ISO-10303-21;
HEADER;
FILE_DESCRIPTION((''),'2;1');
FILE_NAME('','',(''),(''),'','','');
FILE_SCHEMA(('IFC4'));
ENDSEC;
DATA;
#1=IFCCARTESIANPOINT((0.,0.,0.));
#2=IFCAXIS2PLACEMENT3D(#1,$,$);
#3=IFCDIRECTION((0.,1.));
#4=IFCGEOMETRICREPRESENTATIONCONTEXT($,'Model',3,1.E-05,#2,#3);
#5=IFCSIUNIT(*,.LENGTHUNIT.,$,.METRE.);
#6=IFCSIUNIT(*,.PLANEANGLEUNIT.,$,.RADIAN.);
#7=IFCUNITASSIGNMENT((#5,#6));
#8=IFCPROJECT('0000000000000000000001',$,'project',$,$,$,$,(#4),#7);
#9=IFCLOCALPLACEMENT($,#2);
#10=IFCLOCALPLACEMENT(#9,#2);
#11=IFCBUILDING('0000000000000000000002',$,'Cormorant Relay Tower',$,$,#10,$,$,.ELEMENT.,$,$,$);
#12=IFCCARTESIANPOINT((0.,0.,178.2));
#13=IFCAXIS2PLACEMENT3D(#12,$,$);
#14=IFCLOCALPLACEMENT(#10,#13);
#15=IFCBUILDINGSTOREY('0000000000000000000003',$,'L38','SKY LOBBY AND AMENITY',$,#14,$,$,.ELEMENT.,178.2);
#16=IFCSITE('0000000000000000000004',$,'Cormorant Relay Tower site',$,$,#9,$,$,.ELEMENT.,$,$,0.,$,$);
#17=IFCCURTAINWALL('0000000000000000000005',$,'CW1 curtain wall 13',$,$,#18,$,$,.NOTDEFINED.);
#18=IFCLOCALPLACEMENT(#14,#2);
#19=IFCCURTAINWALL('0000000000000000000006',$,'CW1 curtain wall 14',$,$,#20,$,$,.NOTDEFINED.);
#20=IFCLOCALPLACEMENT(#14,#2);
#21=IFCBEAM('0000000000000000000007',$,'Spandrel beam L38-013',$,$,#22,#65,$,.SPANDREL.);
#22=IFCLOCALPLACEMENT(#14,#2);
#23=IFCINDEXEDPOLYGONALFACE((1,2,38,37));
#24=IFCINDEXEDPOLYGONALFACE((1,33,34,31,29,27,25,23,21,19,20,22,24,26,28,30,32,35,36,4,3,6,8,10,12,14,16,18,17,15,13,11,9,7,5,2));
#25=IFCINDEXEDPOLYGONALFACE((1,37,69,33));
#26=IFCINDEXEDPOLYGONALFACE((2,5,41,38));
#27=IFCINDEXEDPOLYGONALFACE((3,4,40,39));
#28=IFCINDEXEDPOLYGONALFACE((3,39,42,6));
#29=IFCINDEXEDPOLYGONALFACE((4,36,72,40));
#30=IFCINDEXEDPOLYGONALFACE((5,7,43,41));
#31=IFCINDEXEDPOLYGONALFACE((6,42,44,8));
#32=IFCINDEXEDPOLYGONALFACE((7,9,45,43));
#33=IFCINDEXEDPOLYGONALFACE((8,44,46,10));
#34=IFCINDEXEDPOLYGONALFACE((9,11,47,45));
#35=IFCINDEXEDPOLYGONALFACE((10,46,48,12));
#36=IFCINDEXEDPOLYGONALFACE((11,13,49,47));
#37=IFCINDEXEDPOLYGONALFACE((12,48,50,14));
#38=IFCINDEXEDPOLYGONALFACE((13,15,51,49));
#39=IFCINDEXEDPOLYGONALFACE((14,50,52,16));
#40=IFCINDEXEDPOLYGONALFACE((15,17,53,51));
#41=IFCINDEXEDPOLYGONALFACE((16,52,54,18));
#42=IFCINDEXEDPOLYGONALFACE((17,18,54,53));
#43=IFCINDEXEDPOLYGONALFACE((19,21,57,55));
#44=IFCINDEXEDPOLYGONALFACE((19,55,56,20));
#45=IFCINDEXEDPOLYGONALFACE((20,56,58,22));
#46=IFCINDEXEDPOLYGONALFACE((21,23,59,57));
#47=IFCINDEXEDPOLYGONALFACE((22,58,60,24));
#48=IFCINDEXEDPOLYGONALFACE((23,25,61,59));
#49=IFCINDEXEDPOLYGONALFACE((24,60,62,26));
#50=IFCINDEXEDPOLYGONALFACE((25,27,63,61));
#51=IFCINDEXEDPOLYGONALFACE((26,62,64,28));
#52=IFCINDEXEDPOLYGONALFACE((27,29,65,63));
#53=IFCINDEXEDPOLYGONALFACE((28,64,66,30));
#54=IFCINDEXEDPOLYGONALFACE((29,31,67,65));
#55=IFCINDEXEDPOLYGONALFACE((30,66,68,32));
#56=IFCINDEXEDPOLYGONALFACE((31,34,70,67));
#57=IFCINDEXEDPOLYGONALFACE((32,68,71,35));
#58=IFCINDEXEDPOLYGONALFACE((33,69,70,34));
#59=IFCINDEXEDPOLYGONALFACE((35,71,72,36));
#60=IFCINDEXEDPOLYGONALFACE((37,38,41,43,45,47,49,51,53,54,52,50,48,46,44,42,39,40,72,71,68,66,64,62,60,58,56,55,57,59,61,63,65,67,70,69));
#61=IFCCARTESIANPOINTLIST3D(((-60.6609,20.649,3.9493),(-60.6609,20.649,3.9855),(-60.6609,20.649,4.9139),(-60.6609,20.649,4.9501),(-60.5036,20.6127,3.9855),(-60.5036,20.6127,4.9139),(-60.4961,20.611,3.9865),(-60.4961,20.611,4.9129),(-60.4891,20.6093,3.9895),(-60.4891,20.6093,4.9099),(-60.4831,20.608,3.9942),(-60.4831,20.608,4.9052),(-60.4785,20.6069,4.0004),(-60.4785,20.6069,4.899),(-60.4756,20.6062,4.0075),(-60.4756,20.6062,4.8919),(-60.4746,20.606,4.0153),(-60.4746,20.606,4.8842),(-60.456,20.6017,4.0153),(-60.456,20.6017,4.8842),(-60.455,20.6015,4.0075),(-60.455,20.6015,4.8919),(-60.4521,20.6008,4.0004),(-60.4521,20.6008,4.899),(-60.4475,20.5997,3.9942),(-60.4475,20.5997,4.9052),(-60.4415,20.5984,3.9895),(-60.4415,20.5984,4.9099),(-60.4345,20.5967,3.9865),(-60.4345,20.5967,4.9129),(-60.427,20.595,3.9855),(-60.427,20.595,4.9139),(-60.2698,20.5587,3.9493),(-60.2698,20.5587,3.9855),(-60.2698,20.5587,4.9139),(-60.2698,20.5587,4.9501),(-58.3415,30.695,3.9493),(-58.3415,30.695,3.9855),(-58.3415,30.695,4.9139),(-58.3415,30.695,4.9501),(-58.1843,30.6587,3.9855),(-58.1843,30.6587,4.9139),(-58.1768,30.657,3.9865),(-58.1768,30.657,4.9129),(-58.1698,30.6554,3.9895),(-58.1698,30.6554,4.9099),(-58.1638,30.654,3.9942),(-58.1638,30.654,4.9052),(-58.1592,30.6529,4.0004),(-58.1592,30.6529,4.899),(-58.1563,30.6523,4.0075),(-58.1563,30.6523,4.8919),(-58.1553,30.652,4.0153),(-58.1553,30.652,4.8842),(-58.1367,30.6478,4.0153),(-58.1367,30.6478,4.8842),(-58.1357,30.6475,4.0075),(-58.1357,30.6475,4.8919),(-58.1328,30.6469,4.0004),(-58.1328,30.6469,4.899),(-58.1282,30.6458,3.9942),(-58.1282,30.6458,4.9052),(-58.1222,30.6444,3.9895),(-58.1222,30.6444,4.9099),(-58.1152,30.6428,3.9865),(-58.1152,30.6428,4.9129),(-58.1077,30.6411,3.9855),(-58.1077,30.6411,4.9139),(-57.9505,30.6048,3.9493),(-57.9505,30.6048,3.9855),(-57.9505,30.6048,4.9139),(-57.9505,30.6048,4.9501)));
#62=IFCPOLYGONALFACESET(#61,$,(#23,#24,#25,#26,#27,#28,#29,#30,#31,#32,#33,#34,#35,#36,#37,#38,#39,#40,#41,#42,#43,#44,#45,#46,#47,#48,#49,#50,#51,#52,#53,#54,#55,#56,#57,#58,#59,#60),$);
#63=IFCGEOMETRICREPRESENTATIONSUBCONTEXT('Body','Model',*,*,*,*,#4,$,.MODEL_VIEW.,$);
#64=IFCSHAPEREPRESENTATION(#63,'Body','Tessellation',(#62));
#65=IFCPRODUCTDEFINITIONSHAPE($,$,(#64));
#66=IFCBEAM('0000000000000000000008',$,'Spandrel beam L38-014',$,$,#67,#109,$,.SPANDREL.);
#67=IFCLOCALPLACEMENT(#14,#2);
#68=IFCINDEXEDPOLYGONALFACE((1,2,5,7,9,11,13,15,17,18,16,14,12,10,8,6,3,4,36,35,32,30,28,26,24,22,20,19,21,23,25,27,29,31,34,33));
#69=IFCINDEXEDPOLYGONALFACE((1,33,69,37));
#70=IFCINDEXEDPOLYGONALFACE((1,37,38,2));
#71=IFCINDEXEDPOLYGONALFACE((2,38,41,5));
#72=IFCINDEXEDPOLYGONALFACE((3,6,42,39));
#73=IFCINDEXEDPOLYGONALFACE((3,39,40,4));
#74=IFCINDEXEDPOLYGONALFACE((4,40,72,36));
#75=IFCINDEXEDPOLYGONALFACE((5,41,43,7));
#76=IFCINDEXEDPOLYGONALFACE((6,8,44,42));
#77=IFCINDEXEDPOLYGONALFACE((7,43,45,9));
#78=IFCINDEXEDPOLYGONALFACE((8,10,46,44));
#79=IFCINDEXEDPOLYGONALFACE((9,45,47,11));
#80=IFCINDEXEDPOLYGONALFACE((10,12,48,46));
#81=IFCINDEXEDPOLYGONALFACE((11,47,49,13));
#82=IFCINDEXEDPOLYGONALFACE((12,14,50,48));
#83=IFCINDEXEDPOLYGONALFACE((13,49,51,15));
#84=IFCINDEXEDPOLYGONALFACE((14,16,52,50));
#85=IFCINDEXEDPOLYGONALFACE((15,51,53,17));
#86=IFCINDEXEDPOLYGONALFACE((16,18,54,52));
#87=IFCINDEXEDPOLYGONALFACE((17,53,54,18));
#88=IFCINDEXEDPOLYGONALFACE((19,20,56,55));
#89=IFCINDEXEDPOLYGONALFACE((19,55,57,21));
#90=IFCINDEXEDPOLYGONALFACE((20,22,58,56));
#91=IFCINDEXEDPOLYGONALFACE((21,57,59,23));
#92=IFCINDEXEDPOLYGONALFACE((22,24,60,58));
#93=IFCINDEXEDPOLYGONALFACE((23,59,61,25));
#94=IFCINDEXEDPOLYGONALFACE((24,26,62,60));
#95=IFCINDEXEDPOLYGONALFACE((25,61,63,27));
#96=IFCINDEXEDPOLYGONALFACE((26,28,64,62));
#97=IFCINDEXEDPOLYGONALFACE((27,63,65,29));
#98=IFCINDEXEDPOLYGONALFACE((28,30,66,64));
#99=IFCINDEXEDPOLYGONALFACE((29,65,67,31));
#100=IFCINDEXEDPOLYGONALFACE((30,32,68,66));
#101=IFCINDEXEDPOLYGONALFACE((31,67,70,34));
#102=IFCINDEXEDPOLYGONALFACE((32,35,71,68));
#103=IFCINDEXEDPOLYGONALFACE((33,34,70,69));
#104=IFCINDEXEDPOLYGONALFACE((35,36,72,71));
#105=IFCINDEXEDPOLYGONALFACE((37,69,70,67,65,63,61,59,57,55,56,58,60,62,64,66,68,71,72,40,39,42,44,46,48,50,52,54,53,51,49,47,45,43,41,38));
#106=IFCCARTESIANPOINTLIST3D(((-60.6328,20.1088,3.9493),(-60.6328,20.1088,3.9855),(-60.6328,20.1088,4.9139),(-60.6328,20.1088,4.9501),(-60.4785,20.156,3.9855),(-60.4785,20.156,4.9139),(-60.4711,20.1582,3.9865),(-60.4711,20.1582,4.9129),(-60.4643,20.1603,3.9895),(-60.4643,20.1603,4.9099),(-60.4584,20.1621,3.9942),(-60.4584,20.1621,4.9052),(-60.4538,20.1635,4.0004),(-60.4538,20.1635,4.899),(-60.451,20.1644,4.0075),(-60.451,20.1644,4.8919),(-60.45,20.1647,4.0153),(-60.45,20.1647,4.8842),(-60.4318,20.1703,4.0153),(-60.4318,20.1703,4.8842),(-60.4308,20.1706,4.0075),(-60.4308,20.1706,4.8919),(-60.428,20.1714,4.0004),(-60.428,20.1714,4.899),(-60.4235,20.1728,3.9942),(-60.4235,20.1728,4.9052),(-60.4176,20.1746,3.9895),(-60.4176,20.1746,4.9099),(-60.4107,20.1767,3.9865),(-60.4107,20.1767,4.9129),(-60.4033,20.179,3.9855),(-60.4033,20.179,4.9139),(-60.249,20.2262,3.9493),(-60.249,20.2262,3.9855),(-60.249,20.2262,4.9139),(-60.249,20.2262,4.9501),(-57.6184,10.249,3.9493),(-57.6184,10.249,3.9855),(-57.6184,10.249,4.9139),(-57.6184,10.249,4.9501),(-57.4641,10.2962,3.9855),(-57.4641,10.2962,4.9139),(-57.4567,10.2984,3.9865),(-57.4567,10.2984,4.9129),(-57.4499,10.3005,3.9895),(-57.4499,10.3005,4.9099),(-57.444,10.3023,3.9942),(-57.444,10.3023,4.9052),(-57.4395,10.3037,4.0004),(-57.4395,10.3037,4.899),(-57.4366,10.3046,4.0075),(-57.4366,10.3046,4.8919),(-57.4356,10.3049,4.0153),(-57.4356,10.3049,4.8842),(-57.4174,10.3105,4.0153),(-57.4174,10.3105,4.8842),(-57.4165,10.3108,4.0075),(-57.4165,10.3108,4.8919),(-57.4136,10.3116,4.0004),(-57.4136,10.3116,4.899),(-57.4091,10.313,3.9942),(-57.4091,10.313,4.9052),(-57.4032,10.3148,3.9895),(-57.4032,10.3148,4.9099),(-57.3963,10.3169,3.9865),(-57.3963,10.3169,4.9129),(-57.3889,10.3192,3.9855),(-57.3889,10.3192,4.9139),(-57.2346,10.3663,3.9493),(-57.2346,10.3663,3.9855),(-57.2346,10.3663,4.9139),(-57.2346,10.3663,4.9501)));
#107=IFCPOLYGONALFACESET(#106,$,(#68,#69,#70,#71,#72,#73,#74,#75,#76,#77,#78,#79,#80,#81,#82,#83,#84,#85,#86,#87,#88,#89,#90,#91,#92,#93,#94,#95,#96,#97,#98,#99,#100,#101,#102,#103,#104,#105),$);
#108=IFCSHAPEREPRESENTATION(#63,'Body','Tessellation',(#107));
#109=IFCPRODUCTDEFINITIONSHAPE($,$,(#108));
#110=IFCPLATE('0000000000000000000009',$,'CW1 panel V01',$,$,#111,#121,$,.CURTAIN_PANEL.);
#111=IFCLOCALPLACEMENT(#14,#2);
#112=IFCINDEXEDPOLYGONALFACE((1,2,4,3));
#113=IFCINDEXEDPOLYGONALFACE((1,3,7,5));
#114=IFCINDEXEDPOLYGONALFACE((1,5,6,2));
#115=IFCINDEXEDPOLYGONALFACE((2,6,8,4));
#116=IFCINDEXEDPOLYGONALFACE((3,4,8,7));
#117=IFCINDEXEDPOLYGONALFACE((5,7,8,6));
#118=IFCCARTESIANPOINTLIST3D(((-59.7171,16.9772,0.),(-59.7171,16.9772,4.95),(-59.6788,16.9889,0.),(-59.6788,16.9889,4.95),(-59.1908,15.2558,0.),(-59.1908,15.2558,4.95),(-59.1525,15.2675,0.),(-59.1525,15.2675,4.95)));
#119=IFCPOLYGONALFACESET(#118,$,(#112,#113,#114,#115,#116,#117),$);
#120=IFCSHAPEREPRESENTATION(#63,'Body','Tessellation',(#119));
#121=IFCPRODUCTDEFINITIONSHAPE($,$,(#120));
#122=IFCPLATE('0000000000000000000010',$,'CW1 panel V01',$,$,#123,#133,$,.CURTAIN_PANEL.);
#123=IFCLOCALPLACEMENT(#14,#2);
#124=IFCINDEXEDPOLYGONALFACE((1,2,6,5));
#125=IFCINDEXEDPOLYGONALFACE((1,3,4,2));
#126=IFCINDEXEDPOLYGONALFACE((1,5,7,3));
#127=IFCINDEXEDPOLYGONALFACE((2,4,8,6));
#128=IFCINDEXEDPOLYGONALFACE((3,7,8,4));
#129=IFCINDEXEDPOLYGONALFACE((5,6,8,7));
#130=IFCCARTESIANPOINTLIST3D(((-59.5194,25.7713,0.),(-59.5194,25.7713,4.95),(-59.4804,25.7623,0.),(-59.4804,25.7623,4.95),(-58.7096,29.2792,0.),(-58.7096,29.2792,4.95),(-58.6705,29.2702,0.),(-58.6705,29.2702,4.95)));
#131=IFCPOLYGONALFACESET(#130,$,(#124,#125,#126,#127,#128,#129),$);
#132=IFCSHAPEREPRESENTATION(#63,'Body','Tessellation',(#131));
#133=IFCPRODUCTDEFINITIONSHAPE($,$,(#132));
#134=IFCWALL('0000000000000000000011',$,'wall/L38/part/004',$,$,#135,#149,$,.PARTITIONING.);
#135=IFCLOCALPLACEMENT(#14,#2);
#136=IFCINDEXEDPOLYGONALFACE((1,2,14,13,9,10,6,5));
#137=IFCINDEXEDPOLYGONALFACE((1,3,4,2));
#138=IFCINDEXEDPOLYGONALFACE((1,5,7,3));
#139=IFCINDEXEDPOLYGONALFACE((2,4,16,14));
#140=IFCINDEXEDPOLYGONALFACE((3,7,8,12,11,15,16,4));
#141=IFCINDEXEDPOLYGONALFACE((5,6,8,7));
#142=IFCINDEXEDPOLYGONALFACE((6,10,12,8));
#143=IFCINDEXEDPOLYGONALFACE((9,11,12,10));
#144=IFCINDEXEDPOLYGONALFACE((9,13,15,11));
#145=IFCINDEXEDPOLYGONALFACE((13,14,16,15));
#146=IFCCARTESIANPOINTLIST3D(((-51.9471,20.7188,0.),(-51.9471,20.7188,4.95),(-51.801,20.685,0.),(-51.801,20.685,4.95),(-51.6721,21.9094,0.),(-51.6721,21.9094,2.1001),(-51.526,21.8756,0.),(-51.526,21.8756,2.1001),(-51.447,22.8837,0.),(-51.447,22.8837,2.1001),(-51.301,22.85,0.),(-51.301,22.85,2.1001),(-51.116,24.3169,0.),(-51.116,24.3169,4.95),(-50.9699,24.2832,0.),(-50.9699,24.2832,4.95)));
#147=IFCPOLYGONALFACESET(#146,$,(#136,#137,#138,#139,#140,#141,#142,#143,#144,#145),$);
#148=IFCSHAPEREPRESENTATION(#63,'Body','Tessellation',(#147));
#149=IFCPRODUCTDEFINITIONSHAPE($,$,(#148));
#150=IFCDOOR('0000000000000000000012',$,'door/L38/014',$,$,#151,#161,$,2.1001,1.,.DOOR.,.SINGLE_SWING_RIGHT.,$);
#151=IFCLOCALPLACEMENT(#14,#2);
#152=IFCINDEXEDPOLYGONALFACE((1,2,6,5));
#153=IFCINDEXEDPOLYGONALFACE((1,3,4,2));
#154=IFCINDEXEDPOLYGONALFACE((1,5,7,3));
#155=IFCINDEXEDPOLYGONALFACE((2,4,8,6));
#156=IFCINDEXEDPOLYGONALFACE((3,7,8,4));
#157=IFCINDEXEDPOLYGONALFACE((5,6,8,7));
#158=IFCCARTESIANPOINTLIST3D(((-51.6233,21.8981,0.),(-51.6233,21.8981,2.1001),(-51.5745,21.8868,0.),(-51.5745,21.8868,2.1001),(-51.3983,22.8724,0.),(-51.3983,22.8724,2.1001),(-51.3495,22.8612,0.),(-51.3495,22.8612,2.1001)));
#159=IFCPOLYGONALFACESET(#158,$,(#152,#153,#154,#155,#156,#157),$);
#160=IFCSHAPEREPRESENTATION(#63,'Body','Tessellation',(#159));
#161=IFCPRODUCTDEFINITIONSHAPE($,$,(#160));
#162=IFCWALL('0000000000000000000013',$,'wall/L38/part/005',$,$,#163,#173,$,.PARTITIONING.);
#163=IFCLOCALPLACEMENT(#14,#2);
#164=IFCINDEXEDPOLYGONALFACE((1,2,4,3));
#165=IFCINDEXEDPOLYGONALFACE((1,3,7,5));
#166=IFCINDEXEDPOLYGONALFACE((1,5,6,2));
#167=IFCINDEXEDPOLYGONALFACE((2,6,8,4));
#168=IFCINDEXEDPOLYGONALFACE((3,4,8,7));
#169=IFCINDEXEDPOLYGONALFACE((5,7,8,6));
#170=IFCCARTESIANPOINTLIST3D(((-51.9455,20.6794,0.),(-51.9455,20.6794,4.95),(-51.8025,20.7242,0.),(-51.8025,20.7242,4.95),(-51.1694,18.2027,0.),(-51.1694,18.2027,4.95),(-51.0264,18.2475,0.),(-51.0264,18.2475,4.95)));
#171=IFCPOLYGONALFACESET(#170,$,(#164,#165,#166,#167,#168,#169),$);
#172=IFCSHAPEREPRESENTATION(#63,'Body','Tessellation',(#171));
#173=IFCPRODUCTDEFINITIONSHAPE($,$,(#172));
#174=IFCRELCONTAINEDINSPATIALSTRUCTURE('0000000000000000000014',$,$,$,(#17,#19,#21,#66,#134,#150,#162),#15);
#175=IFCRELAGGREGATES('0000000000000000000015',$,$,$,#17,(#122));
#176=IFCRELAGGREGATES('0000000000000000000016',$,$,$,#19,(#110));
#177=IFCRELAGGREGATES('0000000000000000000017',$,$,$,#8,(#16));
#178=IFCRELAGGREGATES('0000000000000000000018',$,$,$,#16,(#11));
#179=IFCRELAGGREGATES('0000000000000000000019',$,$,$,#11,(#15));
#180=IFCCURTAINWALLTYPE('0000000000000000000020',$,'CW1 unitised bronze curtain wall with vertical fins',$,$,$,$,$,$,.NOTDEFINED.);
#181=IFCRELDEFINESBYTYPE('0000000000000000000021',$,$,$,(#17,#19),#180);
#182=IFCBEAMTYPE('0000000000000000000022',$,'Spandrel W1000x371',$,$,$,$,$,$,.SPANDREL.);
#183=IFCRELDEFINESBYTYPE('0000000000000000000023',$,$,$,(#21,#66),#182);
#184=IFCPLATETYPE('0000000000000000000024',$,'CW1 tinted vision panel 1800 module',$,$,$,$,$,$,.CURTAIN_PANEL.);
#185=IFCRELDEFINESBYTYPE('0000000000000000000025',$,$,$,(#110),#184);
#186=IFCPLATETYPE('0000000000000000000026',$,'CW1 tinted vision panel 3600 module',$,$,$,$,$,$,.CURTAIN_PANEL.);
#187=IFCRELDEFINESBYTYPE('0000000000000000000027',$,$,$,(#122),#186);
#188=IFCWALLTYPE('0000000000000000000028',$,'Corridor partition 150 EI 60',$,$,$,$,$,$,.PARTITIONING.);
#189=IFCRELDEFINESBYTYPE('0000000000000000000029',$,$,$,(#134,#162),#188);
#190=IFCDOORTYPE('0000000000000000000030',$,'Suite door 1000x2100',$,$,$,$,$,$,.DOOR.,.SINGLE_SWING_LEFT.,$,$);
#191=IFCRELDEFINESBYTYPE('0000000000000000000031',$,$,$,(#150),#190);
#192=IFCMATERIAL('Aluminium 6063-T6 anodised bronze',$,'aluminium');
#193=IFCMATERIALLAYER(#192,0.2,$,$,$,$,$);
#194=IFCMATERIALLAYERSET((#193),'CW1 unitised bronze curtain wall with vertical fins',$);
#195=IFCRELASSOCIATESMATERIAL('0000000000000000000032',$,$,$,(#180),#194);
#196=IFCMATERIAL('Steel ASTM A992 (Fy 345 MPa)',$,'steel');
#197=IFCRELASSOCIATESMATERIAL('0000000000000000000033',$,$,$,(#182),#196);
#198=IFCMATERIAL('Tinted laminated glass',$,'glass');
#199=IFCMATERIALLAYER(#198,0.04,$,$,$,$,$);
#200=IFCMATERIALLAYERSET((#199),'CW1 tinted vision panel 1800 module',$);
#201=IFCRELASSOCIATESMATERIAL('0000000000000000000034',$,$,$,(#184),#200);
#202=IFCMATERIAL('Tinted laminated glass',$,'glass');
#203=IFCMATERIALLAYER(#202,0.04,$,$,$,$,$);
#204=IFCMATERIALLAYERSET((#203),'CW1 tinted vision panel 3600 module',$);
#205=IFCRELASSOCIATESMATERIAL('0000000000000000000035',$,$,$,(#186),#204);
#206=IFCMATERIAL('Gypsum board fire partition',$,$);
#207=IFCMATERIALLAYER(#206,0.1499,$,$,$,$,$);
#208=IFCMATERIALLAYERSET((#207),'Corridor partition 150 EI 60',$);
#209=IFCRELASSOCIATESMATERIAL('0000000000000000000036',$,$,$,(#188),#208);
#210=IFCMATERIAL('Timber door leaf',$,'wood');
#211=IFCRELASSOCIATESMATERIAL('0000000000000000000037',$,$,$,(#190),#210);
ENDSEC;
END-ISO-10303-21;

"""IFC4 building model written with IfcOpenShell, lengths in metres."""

from ifc_helpers import new_model, si_unit, direction, frame, frame_2d, origin, origin_2d, place, context, subcontext, project, spatial, rectangle, i_section, extrude, material, layer, layer_set, material_profile, profile_set, type_object, element, fill, aggregate, save


model = new_model("IFC4")

# Units and contexts
model_context = context("Model", 3, precision=1e-05, world=origin(), true_north=direction((0.0, 1.0)))
body_context = subcontext(model_context, "Body", "Model", "MODEL_VIEW")
ifc_project = project(units=[si_unit("LENGTHUNIT", "METRE"), si_unit("PLANEANGLEUNIT", "RADIAN")], contexts=[model_context])

# Site, building, storey
site_placement = place(None, origin())
site = spatial("IfcSite", under=ifc_project, at=site_placement, Name="Cormorant Relay Tower site", CompositionType="ELEMENT", RefElevation=0.0)
building_placement = place(site_placement, origin())
building = spatial("IfcBuilding", under=site, at=building_placement, Name="Cormorant Relay Tower", CompositionType="ELEMENT")
storey_placement = place(building_placement, frame((0.0, 0.0, 178.2)))
storey = spatial("IfcBuildingStorey", under=building, at=storey_placement, Name="L38", Description="SKY LOBBY AND AMENITY", CompositionType="ELEMENT", Elevation=178.2)

# Curtain wall
ifc_material_1 = material(Name="Aluminium 6063-T6 anodised bronze", Category="aluminium")
ifc_layer_1 = layer(ifc_material_1, 0.2)
ifc_layer_set_1 = layer_set([ifc_layer_1], Name="CW1 unitised bronze curtain wall with vertical fins")
curtain_wall_type = type_object("IfcCurtainWallType", Name="CW1 unitised bronze curtain wall with vertical fins", PredefinedType="NOTDEFINED", material=ifc_layer_set_1)
curtain_wall_1_placement = place(storey_placement, origin())
curtain_wall_1 = element("IfcCurtainWall", 1, at=curtain_wall_1_placement, inside=storey, type_object=curtain_wall_type, Name="CW1 curtain wall 13", PredefinedType="NOTDEFINED")

# Curtain wall
curtain_wall_2_placement = place(storey_placement, origin())
curtain_wall_2 = element("IfcCurtainWall", 2, at=curtain_wall_2_placement, inside=storey, type_object=curtain_wall_type, Name="CW1 curtain wall 14", PredefinedType="NOTDEFINED")

# Beams
ifc_material_2 = material(Name="Steel ASTM A992 (Fy 345 MPa)", Category="steel")
ifc_material_profile_1 = material_profile(ifc_material_2, i_section(OverallWidth=0.4014, OverallDepth=1.0007, WebThickness=0.019, FlangeThickness=0.0361, FilletRadius=0.0298, at=origin_2d()), Name="W1000x371")
ifc_profile_set_1 = profile_set([ifc_material_profile_1], Name="Steel ASTM A992 (Fy 345 MPa)")
beam_type = type_object("IfcBeamType", Name="Spandrel W1000x371", PredefinedType="SPANDREL", material=ifc_profile_set_1)
for number, where, z_axis, x_axis, name in (
    (3, (-58.146, 30.6499, 4.4497), (-0.224951, -0.97437, 0.0), (0.97437, -0.224951, 0.0), "Spandrel beam L38-013"),
    (4, (-60.4409, 20.1675, 4.4497), (0.292367, -0.956306, 0.0), (0.956306, 0.292367, 0.0), "Spandrel beam L38-014"),
):
    element("IfcBeam", number, at=place(storey_placement, frame(where, z_axis=z_axis, x_axis=x_axis)), inside=storey, type_object=beam_type, Name=name, PredefinedType="SPANDREL", context=body_context, shape_type="SweptSolid", body=[
        extrude(i_section(OverallWidth=0.4014, OverallDepth=1.0007, WebThickness=0.019, FlangeThickness=0.0361, FilletRadius=0.0298, at=origin_2d()), origin(), (0.0, 0.0, 1.0), 10.3103),
    ])

# Plates
ifc_material_3 = material(Name="Tinted laminated glass", Category="glass")
ifc_layer_2 = layer(ifc_material_3, 0.04)
ifc_layer_set_2 = layer_set([ifc_layer_2], Name="CW1 tinted vision panel 1800 module")
plate_type_1 = type_object("IfcPlateType", Name="CW1 tinted vision panel 1800 module", PredefinedType="CURTAIN_PANEL", material=ifc_layer_set_2)
plate_1_placement = place(storey_placement, frame((-59.4348, 16.1223, 0.0), z_axis=(0.0, 0.0, 1.0), x_axis=(0.292372, -0.956305, 0.0)))
plate_1 = element("IfcPlate", 5, at=plate_1_placement, type_object=plate_type_1, Name="CW1 panel V01", PredefinedType="CURTAIN_PANEL", context=body_context, shape_type="SweptSolid", body=[
    extrude(rectangle(XDim=1.8, YDim=0.04, at=origin_2d()), origin(), (0.0, 0.0, 1.0), 4.95),
])
ifc_material_4 = material(Name="Tinted laminated glass", Category="glass")
ifc_layer_3 = layer(ifc_material_4, 0.04)
ifc_layer_set_3 = layer_set([ifc_layer_3], Name="CW1 tinted vision panel 3600 module")
plate_type_2 = type_object("IfcPlateType", Name="CW1 tinted vision panel 3600 module", PredefinedType="CURTAIN_PANEL", material=ifc_layer_set_3)
plate_2_placement = place(storey_placement, frame((-59.095, 27.5208, 0.0), z_axis=(0.0, 0.0, 1.0), x_axis=(-0.224951, -0.97437, 0.0)))
plate_2 = element("IfcPlate", 6, at=plate_2_placement, type_object=plate_type_2, Name="CW1 panel V01", PredefinedType="CURTAIN_PANEL", context=body_context, shape_type="SweptSolid", body=[
    extrude(rectangle(XDim=3.6001, YDim=0.04, at=origin_2d()), origin(), (0.0, 0.0, 1.0), 4.95),
])

# Wall, opening, door
ifc_material_5 = material(Name="Gypsum board fire partition")
ifc_layer_4 = layer(ifc_material_5, 0.1499)
ifc_layer_set_4 = layer_set([ifc_layer_4], Name="Corridor partition 150 EI 60")
wall_type_1 = type_object("IfcWallType", Name="Corridor partition 150 EI 60", PredefinedType="PARTITIONING", material=ifc_layer_set_4)
wall_1_placement = place(storey_placement, frame((-51.043, 24.3, 0.0), z_axis=(0.0, 0.0, 1.0), x_axis=(-0.225043, -0.974349, 0.0)))
wall_1 = element("IfcWall", 7, at=wall_1_placement, inside=storey, type_object=wall_type_1, Name="wall/L38/part/004", PredefinedType="PARTITIONING", context=body_context, shape_type="SweptSolid", body=[
    extrude(rectangle(XDim=3.6929, YDim=0.1499, at=frame_2d((1.8464, 0.0))), origin(), (0.0, 0.0, 1.0), 4.95),
])
opening_1_placement = place(wall_1_placement, frame((1.4709, 0.0, 0.0)))
opening_1 = element("IfcOpeningElement", 8, at=opening_1_placement, cuts=wall_1, PredefinedType="OPENING", context=body_context, shape_type="SweptSolid", body=[
    extrude(rectangle(XDim=1.0, YDim=2.1001, at=frame_2d((0.5, 1.05))), frame((0.0, 0.085, 0.0), z_axis=(0.0, -1.0, 0.0), x_axis=(1.0, 0.0, 0.0)), (0.0, 0.0, 1.0), 0.1699),
])
ifc_material_6 = material(Name="Timber door leaf", Category="wood")
door_type = type_object("IfcDoorType", Name="Suite door 1000x2100", OperationType="SINGLE_SWING_LEFT", PredefinedType="DOOR", material=ifc_material_6)
door_1_placement = place(opening_1_placement, frame((1.0, 0.0, 0.0), z_axis=(0.0, 0.0, 1.0), x_axis=(-1.0, 0.0, 0.0)))
door_1 = element("IfcDoor", 9, at=door_1_placement, inside=storey, type_object=door_type, Name="door/L38/014", OperationType="SINGLE_SWING_RIGHT", OverallHeight=2.1001, OverallWidth=1.0, PredefinedType="DOOR", context=body_context, shape_type="SweptSolid", body=[
    extrude(rectangle(XDim=1.0, YDim=2.1001, at=frame_2d((0.5, 1.05))), frame((0.0, 0.0249, 0.0), z_axis=(0.0, -1.0, 0.0), x_axis=(1.0, 0.0, 0.0)), (0.0, 0.0, 1.0), 0.05),
])
fill(opening_1, door_1)

# Wall
wall_2_placement = place(storey_placement, frame((-51.874, 20.7019, 0.0), z_axis=(0.0, 0.0, 1.0), x_axis=(0.299019, -0.954247, 0.0)))
element("IfcWall", 10, at=wall_2_placement, inside=storey, type_object=wall_type_1, Name="wall/L38/part/005", PredefinedType="PARTITIONING", context=body_context, shape_type="SweptSolid", body=[
    extrude(rectangle(XDim=2.5955, YDim=0.1499, at=frame_2d((1.2979, 0.0))), origin(), (0.0, 0.0, 1.0), 4.95),
])

aggregate(curtain_wall_1, [plate_2])
aggregate(curtain_wall_2, [plate_1])

save(model, "model.ifc")
